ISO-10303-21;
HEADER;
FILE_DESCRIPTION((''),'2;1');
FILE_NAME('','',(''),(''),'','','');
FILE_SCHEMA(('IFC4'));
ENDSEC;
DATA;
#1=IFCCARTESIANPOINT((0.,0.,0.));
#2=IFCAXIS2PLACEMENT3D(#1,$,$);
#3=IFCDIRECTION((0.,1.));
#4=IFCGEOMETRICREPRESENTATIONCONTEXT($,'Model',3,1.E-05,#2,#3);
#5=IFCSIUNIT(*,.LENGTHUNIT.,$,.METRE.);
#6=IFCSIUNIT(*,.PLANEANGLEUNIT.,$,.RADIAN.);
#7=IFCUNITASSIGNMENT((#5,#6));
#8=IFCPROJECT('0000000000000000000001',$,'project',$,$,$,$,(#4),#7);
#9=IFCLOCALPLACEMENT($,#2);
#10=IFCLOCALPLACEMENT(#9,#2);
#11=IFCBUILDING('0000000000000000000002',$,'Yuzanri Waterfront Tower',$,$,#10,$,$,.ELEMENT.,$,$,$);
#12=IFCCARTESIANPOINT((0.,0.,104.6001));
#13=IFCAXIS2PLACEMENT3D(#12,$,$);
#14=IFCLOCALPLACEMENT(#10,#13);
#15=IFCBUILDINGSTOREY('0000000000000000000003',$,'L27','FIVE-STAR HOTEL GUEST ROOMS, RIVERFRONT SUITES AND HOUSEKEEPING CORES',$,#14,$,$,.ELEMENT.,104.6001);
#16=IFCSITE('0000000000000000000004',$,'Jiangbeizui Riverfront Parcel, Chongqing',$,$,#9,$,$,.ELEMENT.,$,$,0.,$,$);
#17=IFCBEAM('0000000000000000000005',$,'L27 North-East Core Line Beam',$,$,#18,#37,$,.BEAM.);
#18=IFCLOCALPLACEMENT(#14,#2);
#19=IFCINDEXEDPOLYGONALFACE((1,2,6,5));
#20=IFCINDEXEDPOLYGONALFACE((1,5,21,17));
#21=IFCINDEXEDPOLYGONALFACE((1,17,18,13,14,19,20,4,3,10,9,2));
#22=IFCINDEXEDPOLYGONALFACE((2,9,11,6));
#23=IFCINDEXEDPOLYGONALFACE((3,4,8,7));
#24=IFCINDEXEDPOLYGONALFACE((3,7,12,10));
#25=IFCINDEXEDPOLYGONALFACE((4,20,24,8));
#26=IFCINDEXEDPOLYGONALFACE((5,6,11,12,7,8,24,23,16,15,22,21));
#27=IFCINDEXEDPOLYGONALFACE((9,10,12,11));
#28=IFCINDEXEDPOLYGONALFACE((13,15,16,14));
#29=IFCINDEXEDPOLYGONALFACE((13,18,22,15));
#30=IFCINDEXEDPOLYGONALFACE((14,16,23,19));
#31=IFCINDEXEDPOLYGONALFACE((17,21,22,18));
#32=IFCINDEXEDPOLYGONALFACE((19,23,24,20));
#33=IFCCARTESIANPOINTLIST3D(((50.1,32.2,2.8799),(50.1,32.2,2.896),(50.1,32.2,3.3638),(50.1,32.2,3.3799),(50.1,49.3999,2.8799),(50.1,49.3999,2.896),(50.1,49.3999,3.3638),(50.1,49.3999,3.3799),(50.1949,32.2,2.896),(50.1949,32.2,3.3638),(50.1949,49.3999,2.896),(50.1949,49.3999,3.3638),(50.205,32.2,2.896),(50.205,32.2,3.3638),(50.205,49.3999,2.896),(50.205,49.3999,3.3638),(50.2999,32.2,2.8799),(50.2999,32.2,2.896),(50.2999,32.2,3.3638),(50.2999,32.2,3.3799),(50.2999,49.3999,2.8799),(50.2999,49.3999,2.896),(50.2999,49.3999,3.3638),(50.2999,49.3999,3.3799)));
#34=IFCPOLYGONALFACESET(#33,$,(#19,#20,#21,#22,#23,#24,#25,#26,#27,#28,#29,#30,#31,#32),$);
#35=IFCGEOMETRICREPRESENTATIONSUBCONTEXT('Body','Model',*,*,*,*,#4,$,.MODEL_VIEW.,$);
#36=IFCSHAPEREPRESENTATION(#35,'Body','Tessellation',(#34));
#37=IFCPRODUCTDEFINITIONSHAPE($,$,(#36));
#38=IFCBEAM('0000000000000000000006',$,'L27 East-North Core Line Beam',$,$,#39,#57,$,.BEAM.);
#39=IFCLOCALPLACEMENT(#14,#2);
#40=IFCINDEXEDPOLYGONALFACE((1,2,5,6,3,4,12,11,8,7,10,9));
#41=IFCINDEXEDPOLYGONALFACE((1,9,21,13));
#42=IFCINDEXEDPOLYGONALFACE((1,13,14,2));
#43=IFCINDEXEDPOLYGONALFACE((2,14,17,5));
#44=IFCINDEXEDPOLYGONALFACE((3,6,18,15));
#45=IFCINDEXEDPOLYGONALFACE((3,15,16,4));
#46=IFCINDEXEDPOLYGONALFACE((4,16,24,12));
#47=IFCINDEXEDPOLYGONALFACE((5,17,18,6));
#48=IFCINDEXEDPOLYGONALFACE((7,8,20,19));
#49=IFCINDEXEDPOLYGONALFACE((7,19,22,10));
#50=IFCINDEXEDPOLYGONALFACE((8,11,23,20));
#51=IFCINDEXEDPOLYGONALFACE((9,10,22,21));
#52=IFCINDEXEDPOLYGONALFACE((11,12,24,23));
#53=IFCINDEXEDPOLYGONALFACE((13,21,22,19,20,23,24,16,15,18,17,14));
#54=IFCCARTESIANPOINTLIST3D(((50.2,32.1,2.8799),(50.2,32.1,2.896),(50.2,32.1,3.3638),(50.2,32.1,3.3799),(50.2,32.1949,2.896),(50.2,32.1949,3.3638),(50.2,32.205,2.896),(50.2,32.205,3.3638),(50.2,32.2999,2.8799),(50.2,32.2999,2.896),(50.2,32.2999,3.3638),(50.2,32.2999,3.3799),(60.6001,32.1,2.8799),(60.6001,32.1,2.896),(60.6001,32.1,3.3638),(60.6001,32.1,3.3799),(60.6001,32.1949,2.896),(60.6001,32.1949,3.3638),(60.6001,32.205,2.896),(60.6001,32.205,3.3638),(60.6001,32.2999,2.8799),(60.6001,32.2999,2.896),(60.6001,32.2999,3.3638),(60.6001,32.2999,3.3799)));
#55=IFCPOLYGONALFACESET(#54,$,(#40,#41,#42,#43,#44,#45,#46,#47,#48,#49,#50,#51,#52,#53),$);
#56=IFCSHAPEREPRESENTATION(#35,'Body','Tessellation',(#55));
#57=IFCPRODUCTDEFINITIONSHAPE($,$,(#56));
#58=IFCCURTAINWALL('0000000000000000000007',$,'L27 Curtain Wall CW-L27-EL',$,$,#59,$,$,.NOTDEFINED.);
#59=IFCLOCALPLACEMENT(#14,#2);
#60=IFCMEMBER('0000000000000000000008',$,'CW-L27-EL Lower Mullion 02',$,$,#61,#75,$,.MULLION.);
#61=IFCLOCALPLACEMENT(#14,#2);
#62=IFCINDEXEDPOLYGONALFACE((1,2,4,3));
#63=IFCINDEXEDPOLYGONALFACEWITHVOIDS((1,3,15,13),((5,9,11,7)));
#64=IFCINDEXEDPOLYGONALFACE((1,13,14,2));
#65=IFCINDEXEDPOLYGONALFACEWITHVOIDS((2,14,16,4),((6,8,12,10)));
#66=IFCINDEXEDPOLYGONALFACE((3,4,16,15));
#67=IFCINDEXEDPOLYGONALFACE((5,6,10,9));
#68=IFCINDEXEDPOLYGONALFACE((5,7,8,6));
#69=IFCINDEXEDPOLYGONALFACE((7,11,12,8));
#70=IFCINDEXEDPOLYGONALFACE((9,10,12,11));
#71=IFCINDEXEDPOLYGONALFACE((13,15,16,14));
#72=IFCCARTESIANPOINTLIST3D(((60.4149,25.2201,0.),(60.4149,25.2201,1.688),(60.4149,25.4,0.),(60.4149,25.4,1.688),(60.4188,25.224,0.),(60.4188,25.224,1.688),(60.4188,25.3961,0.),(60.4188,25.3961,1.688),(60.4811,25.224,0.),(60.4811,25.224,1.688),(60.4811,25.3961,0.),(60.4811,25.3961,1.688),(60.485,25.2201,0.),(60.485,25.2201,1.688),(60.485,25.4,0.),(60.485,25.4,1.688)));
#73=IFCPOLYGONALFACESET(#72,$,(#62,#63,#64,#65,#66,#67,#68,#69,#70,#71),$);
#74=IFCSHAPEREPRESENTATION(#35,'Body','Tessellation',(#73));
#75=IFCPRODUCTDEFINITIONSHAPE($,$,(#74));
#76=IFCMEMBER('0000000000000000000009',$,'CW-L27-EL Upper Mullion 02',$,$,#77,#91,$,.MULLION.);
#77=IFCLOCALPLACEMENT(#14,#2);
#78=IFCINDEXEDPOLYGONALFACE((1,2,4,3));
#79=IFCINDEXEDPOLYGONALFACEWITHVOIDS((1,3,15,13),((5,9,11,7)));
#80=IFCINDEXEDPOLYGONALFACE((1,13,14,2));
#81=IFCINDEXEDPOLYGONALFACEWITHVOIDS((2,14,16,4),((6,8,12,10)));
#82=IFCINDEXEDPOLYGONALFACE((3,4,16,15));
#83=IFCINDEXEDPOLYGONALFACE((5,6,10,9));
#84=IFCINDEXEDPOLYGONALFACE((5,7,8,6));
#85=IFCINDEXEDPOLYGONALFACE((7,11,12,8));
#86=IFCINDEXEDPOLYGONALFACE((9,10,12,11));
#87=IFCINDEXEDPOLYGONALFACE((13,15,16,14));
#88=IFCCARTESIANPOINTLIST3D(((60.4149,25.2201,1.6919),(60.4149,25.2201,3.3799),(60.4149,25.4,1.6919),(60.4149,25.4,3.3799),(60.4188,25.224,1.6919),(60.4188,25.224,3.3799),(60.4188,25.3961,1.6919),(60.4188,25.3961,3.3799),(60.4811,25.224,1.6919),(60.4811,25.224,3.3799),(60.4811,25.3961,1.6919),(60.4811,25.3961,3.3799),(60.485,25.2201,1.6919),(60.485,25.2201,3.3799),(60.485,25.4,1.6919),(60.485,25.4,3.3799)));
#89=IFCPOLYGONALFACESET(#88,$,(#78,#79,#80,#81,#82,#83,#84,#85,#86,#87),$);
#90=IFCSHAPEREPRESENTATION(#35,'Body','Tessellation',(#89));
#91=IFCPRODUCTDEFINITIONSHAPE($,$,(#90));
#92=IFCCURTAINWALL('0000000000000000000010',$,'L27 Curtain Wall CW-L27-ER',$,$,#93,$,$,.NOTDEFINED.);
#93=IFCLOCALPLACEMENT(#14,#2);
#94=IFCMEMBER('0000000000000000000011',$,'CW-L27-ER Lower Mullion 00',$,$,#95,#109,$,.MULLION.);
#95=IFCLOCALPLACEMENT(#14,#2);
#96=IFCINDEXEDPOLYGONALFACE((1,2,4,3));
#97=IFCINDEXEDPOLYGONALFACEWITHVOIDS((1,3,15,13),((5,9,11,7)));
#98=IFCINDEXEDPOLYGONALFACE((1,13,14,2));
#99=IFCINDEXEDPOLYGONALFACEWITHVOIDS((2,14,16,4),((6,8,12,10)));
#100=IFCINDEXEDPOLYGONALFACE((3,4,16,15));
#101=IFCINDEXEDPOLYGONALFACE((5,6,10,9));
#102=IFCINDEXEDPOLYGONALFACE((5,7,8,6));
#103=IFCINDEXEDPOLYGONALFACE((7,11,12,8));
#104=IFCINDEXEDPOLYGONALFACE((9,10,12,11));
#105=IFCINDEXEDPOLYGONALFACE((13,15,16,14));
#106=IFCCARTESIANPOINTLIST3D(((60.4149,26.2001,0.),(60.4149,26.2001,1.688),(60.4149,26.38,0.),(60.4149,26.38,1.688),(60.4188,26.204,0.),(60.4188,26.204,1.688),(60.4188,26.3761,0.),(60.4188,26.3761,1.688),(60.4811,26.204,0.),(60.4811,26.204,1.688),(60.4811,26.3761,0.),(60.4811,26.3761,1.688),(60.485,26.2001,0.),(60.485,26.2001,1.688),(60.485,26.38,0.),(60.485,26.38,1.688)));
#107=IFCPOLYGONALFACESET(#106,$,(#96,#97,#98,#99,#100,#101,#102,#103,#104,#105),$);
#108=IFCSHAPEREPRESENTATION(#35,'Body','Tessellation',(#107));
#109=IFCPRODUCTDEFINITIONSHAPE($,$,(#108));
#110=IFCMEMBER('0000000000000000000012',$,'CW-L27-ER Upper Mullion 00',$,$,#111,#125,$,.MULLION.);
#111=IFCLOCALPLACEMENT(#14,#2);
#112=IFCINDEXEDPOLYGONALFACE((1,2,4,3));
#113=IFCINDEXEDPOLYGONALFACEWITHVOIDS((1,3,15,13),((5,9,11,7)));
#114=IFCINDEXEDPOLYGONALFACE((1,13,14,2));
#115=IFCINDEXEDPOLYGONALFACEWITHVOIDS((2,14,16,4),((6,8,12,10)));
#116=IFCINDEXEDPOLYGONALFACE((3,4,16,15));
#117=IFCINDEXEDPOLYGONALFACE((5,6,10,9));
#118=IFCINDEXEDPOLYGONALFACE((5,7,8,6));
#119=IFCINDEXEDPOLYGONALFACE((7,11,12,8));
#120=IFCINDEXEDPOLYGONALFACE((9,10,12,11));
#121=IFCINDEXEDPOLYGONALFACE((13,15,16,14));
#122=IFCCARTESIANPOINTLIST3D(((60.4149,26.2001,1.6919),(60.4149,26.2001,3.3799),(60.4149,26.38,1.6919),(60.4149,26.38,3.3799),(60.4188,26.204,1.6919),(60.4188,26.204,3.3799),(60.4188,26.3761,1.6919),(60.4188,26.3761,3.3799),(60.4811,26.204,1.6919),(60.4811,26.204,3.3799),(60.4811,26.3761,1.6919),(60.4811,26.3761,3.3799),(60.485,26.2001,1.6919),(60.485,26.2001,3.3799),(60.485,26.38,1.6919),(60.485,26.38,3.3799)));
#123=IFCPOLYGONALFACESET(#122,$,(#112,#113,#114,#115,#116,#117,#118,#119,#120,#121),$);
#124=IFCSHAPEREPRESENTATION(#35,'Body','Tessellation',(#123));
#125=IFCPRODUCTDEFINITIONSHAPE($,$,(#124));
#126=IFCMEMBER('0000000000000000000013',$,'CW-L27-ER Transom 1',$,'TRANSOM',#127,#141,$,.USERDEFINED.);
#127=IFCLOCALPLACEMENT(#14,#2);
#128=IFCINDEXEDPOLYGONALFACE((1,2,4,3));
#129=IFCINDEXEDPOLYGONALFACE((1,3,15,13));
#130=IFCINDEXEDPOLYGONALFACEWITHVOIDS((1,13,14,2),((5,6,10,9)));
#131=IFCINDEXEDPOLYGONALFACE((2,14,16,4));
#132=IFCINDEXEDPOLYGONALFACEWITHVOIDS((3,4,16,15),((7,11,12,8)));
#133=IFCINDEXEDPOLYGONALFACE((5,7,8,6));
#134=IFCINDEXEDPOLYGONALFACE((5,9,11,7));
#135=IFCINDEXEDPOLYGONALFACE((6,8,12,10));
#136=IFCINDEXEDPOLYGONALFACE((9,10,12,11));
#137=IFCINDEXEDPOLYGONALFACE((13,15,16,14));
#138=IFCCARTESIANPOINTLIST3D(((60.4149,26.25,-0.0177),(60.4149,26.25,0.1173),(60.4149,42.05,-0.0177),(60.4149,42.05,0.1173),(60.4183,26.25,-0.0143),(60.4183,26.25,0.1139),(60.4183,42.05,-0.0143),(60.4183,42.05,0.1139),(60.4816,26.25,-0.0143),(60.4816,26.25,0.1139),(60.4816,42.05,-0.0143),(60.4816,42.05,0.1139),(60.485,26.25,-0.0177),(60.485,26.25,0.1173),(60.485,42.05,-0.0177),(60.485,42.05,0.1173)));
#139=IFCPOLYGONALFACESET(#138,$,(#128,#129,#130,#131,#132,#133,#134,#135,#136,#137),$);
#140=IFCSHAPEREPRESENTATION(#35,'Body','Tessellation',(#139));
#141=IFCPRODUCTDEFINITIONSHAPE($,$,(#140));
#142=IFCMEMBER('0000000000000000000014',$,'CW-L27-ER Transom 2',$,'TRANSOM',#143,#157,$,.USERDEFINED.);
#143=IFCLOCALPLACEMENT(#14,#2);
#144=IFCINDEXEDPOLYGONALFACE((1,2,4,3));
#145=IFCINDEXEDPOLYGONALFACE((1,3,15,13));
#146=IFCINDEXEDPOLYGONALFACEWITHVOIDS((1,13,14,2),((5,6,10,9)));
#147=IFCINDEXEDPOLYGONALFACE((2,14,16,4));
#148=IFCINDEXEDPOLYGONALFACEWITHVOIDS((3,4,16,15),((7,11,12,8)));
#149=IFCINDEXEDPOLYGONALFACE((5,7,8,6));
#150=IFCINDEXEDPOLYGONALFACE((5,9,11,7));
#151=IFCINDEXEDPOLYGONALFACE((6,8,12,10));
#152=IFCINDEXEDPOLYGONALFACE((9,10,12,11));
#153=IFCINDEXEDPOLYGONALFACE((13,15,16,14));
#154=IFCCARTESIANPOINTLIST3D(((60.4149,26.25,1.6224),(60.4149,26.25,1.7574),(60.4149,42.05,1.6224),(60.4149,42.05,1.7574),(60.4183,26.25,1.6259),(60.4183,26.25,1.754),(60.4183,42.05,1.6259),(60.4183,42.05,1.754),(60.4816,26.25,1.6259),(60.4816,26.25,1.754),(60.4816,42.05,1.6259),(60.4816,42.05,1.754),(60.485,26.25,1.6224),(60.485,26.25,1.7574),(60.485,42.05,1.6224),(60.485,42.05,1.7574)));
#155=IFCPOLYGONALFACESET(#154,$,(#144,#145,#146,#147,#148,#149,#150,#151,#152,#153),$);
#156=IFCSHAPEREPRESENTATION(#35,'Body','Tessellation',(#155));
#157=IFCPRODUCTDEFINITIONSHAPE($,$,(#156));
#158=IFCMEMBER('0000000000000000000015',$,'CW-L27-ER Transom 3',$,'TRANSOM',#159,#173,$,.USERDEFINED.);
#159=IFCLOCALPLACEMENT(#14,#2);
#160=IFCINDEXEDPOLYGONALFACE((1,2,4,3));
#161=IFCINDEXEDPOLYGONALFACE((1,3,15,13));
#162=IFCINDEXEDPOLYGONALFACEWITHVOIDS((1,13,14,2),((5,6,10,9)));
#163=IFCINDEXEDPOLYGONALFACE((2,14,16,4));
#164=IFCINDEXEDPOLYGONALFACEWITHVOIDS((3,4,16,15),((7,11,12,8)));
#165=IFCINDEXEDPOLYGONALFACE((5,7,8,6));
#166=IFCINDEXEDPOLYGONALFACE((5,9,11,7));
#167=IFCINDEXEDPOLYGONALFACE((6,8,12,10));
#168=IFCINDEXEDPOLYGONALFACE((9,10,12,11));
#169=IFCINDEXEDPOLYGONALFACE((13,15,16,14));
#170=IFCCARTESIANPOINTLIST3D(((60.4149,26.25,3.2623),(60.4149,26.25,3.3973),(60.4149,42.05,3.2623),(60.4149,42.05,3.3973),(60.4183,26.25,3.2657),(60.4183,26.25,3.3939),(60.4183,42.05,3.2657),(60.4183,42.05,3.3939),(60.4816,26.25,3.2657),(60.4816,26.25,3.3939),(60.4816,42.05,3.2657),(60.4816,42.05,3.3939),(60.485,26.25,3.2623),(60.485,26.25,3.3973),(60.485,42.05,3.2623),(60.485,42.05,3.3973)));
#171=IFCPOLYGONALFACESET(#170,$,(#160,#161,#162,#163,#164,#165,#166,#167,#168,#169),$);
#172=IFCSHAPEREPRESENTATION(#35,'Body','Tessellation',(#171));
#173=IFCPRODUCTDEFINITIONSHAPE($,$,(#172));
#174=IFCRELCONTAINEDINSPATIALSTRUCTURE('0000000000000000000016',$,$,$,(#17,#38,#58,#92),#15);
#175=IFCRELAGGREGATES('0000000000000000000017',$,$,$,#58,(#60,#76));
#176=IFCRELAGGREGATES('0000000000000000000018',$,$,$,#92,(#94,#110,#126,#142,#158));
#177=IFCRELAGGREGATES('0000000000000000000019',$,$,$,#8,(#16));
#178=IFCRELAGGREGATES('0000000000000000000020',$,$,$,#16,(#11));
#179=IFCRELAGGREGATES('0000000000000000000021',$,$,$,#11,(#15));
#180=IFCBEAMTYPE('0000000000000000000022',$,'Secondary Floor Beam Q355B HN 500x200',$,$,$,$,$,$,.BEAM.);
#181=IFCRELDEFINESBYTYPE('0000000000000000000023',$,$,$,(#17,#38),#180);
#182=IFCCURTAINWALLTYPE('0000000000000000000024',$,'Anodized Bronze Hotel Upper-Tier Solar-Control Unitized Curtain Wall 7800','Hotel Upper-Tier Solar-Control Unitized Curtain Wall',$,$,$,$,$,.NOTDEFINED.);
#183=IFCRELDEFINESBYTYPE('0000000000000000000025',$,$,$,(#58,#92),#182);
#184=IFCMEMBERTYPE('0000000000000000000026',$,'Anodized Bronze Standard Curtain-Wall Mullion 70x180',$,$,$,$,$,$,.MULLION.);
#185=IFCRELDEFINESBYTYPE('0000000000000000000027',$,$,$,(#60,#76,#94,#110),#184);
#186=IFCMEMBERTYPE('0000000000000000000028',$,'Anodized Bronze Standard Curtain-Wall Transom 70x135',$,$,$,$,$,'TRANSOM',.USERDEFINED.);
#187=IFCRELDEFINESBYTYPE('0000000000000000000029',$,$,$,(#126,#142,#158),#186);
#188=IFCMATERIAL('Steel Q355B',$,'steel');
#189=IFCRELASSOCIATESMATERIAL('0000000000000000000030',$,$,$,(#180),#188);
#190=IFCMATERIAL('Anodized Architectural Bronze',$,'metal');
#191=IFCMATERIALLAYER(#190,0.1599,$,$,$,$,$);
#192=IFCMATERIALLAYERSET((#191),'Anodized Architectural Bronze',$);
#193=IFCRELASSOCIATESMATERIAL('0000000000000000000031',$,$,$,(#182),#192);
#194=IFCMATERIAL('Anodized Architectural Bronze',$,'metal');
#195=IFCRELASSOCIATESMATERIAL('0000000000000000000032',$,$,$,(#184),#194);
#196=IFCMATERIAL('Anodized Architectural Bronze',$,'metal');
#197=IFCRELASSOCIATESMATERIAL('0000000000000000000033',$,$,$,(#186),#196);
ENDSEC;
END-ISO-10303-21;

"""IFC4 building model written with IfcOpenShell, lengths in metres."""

from ifc_helpers import new_model, si_unit, direction, frame, origin, origin_2d, place, context, subcontext, project, spatial, hollow_rectangle, i_section, extrude, source, transform, mapped, material, layer, layer_set, material_profile, profile_set, type_object, element, aggregate, save


model = new_model("IFC4")

# Units and contexts
model_context = context("Model", 3, precision=1e-05, world=origin(), true_north=direction((0.0, 1.0)))
body_context = subcontext(model_context, "Body", "Model", "MODEL_VIEW")
ifc_project = project(units=[si_unit("LENGTHUNIT", "METRE"), si_unit("PLANEANGLEUNIT", "RADIAN")], contexts=[model_context])

# Site, building, storey
site_placement = place(None, origin())
site = spatial("IfcSite", under=ifc_project, at=site_placement, Name="Jiangbeizui Riverfront Parcel, Chongqing", CompositionType="ELEMENT", RefElevation=0.0)
building_placement = place(site_placement, origin())
building = spatial("IfcBuilding", under=site, at=building_placement, Name="Yuzanri Waterfront Tower", CompositionType="ELEMENT")
storey_placement = place(building_placement, frame((0.0, 0.0, 104.6001)))
storey = spatial("IfcBuildingStorey", under=building, at=storey_placement, Name="L27", Description="FIVE-STAR HOTEL GUEST ROOMS, RIVERFRONT SUITES AND HOUSEKEEPING CORES", CompositionType="ELEMENT", Elevation=104.6001)

# Beams
ifc_material_1 = material(Name="Steel Q355B", Category="steel")
ifc_material_profile_1 = material_profile(ifc_material_1, i_section(OverallWidth=0.2, OverallDepth=0.5, WebThickness=0.01, FlangeThickness=0.0161, at=origin_2d()), Name="HN 500x200x10x16")
ifc_profile_set_1 = profile_set([ifc_material_profile_1], Name="Steel Q355B")
beam_type_1 = type_object("IfcBeamType", Name="Secondary Floor Beam Q355B HN 500x200", PredefinedType="BEAM", material=ifc_profile_set_1)
shared_shape_1 = source(origin(), body_context, "Body", "SweptSolid", [
    extrude(i_section(OverallWidth=0.2, OverallDepth=0.5, WebThickness=0.01, FlangeThickness=0.0161, at=origin_2d()), origin(), (0.0, 0.0, 1.0), 17.2),
])
beam_1_placement = place(storey_placement, frame((50.2, 32.2, 3.1299), z_axis=(0.0, 1.0, 0.0), x_axis=(-1.0, 0.0, 0.0)))
element("IfcBeam", 1, at=beam_1_placement, inside=storey, type_object=beam_type_1, Name="L27 North-East Core Line Beam", PredefinedType="BEAM", context=body_context, shape_type="MappedRepresentation", body=[
    mapped(shared_shape_1, transform((0.0, 0.0, 0.0), scale=1.0)),
])
shared_shape_2 = source(origin(), body_context, "Body", "SweptSolid", [
    extrude(i_section(OverallWidth=0.2, OverallDepth=0.5, WebThickness=0.01, FlangeThickness=0.0161, at=origin_2d()), origin(), (0.0, 0.0, 1.0), 10.4001),
])
beam_2_placement = place(storey_placement, frame((50.2, 32.2, 3.1299), z_axis=(1.0, 0.0, 0.0), x_axis=(0.0, 1.0, 0.0)))
element("IfcBeam", 2, at=beam_2_placement, inside=storey, type_object=beam_type_1, Name="L27 East-North Core Line Beam", PredefinedType="BEAM", context=body_context, shape_type="MappedRepresentation", body=[
    mapped(shared_shape_2, transform((0.0, 0.0, 0.0), scale=1.0)),
])

# Curtain walls, members
ifc_material_2 = material(Name="Anodized Architectural Bronze", Category="metal")
ifc_layer_1 = layer(ifc_material_2, 0.1599)
ifc_layer_set_1 = layer_set([ifc_layer_1], Name="Anodized Architectural Bronze")
curtain_wall_type = type_object("IfcCurtainWallType", Name="Anodized Bronze Hotel Upper-Tier Solar-Control Unitized Curtain Wall 7800", Description="Hotel Upper-Tier Solar-Control Unitized Curtain Wall", PredefinedType="NOTDEFINED", material=ifc_layer_set_1)
curtain_wall_1_placement = place(storey_placement, origin())
curtain_wall_1 = element("IfcCurtainWall", 3, at=curtain_wall_1_placement, inside=storey, type_object=curtain_wall_type, Name="L27 Curtain Wall CW-L27-EL", PredefinedType="NOTDEFINED")
ifc_material_3 = material(Name="Anodized Architectural Bronze", Category="metal")
ifc_material_profile_2 = material_profile(ifc_material_3, hollow_rectangle(XDim=0.0701, YDim=0.1799, WallThickness=0.0039, at=origin_2d()), Name="CWM 70x180")
ifc_profile_set_2 = profile_set([ifc_material_profile_2], Name="Anodized Architectural Bronze")
member_type_1 = type_object("IfcMemberType", Name="Anodized Bronze Standard Curtain-Wall Mullion 70x180", PredefinedType="MULLION", material=ifc_profile_set_2)
shared_shape_3 = source(origin(), body_context, "Body", "SweptSolid", [
    extrude(hollow_rectangle(XDim=0.0701, YDim=0.1799, WallThickness=0.0039, at=origin_2d()), origin(), (0.0, 0.0, 1.0), 1.688),
])
member_1_placement = place(storey_placement, frame((60.45, 25.3101, 0.0), z_axis=(0.0, 0.0, 1.0), x_axis=(1.0, 0.0, 0.0)))
member_1 = element("IfcMember", 4, at=member_1_placement, type_object=member_type_1, Name="CW-L27-EL Lower Mullion 02", PredefinedType="MULLION", context=body_context, shape_type="MappedRepresentation", body=[
    mapped(shared_shape_3, transform((0.0, 0.0, 0.0), scale=1.0)),
])
member_2_placement = place(storey_placement, frame((60.45, 25.3101, 1.6919), z_axis=(0.0, 0.0, 1.0), x_axis=(1.0, 0.0, 0.0)))
member_2 = element("IfcMember", 5, at=member_2_placement, type_object=member_type_1, Name="CW-L27-EL Upper Mullion 02", PredefinedType="MULLION", context=body_context, shape_type="MappedRepresentation", body=[
    mapped(shared_shape_3, transform((0.0, 0.0, 0.0), scale=1.0)),
])
aggregate(curtain_wall_1, [member_1, member_2])
curtain_wall_2_placement = place(storey_placement, origin())
curtain_wall_2 = element("IfcCurtainWall", 6, at=curtain_wall_2_placement, inside=storey, type_object=curtain_wall_type, Name="L27 Curtain Wall CW-L27-ER", PredefinedType="NOTDEFINED")
member_3_placement = place(storey_placement, frame((60.45, 26.29, 0.0), z_axis=(0.0, 0.0, 1.0), x_axis=(1.0, 0.0, 0.0)))
member_3 = element("IfcMember", 7, at=member_3_placement, type_object=member_type_1, Name="CW-L27-ER Lower Mullion 00", PredefinedType="MULLION", context=body_context, shape_type="MappedRepresentation", body=[
    mapped(shared_shape_3, transform((0.0, 0.0, 0.0), scale=1.0)),
])
member_4_placement = place(storey_placement, frame((60.45, 26.29, 1.6919), z_axis=(0.0, 0.0, 1.0), x_axis=(1.0, 0.0, 0.0)))
member_4 = element("IfcMember", 8, at=member_4_placement, type_object=member_type_1, Name="CW-L27-ER Upper Mullion 00", PredefinedType="MULLION", context=body_context, shape_type="MappedRepresentation", body=[
    mapped(shared_shape_3, transform((0.0, 0.0, 0.0), scale=1.0)),
])
ifc_material_4 = material(Name="Anodized Architectural Bronze", Category="metal")
ifc_material_profile_3 = material_profile(ifc_material_4, hollow_rectangle(XDim=0.0701, YDim=0.135, WallThickness=0.0034, at=origin_2d()), Name="CWT 70x135")
ifc_profile_set_3 = profile_set([ifc_material_profile_3], Name="Anodized Architectural Bronze")
member_type_2 = type_object("IfcMemberType", Name="Anodized Bronze Standard Curtain-Wall Transom 70x135", ElementType="TRANSOM", PredefinedType="USERDEFINED", material=ifc_profile_set_3)
shared_shape_4 = source(origin(), body_context, "Body", "SweptSolid", [
    extrude(hollow_rectangle(XDim=0.0701, YDim=0.135, WallThickness=0.0034, at=origin_2d()), origin(), (0.0, 0.0, 1.0), 15.8),
])
member_5_placement = place(storey_placement, frame((60.45, 26.25, 0.0498), z_axis=(0.0, 1.0, 0.0), x_axis=(-1.0, 0.0, 0.0)))
member_5 = element("IfcMember", 9, at=member_5_placement, type_object=member_type_2, Name="CW-L27-ER Transom 1", ObjectType="TRANSOM", PredefinedType="USERDEFINED", context=body_context, shape_type="MappedRepresentation", body=[
    mapped(shared_shape_4, transform((0.0, 0.0, 0.0), scale=1.0)),
])
member_6_placement = place(storey_placement, frame((60.45, 26.25, 1.6899), z_axis=(0.0, 1.0, 0.0), x_axis=(-1.0, 0.0, 0.0)))
member_6 = element("IfcMember", 10, at=member_6_placement, type_object=member_type_2, Name="CW-L27-ER Transom 2", ObjectType="TRANSOM", PredefinedType="USERDEFINED", context=body_context, shape_type="MappedRepresentation", body=[
    mapped(shared_shape_4, transform((0.0, 0.0, 0.0), scale=1.0)),
])
member_7_placement = place(storey_placement, frame((60.45, 26.25, 3.3298), z_axis=(0.0, 1.0, 0.0), x_axis=(-1.0, 0.0, 0.0)))
member_7 = element("IfcMember", 11, at=member_7_placement, type_object=member_type_2, Name="CW-L27-ER Transom 3", ObjectType="TRANSOM", PredefinedType="USERDEFINED", context=body_context, shape_type="MappedRepresentation", body=[
    mapped(shared_shape_4, transform((0.0, 0.0, 0.0), scale=1.0)),
])

aggregate(curtain_wall_2, [member_3, member_4, member_5, member_6, member_7])

save(model, "model.ifc")
